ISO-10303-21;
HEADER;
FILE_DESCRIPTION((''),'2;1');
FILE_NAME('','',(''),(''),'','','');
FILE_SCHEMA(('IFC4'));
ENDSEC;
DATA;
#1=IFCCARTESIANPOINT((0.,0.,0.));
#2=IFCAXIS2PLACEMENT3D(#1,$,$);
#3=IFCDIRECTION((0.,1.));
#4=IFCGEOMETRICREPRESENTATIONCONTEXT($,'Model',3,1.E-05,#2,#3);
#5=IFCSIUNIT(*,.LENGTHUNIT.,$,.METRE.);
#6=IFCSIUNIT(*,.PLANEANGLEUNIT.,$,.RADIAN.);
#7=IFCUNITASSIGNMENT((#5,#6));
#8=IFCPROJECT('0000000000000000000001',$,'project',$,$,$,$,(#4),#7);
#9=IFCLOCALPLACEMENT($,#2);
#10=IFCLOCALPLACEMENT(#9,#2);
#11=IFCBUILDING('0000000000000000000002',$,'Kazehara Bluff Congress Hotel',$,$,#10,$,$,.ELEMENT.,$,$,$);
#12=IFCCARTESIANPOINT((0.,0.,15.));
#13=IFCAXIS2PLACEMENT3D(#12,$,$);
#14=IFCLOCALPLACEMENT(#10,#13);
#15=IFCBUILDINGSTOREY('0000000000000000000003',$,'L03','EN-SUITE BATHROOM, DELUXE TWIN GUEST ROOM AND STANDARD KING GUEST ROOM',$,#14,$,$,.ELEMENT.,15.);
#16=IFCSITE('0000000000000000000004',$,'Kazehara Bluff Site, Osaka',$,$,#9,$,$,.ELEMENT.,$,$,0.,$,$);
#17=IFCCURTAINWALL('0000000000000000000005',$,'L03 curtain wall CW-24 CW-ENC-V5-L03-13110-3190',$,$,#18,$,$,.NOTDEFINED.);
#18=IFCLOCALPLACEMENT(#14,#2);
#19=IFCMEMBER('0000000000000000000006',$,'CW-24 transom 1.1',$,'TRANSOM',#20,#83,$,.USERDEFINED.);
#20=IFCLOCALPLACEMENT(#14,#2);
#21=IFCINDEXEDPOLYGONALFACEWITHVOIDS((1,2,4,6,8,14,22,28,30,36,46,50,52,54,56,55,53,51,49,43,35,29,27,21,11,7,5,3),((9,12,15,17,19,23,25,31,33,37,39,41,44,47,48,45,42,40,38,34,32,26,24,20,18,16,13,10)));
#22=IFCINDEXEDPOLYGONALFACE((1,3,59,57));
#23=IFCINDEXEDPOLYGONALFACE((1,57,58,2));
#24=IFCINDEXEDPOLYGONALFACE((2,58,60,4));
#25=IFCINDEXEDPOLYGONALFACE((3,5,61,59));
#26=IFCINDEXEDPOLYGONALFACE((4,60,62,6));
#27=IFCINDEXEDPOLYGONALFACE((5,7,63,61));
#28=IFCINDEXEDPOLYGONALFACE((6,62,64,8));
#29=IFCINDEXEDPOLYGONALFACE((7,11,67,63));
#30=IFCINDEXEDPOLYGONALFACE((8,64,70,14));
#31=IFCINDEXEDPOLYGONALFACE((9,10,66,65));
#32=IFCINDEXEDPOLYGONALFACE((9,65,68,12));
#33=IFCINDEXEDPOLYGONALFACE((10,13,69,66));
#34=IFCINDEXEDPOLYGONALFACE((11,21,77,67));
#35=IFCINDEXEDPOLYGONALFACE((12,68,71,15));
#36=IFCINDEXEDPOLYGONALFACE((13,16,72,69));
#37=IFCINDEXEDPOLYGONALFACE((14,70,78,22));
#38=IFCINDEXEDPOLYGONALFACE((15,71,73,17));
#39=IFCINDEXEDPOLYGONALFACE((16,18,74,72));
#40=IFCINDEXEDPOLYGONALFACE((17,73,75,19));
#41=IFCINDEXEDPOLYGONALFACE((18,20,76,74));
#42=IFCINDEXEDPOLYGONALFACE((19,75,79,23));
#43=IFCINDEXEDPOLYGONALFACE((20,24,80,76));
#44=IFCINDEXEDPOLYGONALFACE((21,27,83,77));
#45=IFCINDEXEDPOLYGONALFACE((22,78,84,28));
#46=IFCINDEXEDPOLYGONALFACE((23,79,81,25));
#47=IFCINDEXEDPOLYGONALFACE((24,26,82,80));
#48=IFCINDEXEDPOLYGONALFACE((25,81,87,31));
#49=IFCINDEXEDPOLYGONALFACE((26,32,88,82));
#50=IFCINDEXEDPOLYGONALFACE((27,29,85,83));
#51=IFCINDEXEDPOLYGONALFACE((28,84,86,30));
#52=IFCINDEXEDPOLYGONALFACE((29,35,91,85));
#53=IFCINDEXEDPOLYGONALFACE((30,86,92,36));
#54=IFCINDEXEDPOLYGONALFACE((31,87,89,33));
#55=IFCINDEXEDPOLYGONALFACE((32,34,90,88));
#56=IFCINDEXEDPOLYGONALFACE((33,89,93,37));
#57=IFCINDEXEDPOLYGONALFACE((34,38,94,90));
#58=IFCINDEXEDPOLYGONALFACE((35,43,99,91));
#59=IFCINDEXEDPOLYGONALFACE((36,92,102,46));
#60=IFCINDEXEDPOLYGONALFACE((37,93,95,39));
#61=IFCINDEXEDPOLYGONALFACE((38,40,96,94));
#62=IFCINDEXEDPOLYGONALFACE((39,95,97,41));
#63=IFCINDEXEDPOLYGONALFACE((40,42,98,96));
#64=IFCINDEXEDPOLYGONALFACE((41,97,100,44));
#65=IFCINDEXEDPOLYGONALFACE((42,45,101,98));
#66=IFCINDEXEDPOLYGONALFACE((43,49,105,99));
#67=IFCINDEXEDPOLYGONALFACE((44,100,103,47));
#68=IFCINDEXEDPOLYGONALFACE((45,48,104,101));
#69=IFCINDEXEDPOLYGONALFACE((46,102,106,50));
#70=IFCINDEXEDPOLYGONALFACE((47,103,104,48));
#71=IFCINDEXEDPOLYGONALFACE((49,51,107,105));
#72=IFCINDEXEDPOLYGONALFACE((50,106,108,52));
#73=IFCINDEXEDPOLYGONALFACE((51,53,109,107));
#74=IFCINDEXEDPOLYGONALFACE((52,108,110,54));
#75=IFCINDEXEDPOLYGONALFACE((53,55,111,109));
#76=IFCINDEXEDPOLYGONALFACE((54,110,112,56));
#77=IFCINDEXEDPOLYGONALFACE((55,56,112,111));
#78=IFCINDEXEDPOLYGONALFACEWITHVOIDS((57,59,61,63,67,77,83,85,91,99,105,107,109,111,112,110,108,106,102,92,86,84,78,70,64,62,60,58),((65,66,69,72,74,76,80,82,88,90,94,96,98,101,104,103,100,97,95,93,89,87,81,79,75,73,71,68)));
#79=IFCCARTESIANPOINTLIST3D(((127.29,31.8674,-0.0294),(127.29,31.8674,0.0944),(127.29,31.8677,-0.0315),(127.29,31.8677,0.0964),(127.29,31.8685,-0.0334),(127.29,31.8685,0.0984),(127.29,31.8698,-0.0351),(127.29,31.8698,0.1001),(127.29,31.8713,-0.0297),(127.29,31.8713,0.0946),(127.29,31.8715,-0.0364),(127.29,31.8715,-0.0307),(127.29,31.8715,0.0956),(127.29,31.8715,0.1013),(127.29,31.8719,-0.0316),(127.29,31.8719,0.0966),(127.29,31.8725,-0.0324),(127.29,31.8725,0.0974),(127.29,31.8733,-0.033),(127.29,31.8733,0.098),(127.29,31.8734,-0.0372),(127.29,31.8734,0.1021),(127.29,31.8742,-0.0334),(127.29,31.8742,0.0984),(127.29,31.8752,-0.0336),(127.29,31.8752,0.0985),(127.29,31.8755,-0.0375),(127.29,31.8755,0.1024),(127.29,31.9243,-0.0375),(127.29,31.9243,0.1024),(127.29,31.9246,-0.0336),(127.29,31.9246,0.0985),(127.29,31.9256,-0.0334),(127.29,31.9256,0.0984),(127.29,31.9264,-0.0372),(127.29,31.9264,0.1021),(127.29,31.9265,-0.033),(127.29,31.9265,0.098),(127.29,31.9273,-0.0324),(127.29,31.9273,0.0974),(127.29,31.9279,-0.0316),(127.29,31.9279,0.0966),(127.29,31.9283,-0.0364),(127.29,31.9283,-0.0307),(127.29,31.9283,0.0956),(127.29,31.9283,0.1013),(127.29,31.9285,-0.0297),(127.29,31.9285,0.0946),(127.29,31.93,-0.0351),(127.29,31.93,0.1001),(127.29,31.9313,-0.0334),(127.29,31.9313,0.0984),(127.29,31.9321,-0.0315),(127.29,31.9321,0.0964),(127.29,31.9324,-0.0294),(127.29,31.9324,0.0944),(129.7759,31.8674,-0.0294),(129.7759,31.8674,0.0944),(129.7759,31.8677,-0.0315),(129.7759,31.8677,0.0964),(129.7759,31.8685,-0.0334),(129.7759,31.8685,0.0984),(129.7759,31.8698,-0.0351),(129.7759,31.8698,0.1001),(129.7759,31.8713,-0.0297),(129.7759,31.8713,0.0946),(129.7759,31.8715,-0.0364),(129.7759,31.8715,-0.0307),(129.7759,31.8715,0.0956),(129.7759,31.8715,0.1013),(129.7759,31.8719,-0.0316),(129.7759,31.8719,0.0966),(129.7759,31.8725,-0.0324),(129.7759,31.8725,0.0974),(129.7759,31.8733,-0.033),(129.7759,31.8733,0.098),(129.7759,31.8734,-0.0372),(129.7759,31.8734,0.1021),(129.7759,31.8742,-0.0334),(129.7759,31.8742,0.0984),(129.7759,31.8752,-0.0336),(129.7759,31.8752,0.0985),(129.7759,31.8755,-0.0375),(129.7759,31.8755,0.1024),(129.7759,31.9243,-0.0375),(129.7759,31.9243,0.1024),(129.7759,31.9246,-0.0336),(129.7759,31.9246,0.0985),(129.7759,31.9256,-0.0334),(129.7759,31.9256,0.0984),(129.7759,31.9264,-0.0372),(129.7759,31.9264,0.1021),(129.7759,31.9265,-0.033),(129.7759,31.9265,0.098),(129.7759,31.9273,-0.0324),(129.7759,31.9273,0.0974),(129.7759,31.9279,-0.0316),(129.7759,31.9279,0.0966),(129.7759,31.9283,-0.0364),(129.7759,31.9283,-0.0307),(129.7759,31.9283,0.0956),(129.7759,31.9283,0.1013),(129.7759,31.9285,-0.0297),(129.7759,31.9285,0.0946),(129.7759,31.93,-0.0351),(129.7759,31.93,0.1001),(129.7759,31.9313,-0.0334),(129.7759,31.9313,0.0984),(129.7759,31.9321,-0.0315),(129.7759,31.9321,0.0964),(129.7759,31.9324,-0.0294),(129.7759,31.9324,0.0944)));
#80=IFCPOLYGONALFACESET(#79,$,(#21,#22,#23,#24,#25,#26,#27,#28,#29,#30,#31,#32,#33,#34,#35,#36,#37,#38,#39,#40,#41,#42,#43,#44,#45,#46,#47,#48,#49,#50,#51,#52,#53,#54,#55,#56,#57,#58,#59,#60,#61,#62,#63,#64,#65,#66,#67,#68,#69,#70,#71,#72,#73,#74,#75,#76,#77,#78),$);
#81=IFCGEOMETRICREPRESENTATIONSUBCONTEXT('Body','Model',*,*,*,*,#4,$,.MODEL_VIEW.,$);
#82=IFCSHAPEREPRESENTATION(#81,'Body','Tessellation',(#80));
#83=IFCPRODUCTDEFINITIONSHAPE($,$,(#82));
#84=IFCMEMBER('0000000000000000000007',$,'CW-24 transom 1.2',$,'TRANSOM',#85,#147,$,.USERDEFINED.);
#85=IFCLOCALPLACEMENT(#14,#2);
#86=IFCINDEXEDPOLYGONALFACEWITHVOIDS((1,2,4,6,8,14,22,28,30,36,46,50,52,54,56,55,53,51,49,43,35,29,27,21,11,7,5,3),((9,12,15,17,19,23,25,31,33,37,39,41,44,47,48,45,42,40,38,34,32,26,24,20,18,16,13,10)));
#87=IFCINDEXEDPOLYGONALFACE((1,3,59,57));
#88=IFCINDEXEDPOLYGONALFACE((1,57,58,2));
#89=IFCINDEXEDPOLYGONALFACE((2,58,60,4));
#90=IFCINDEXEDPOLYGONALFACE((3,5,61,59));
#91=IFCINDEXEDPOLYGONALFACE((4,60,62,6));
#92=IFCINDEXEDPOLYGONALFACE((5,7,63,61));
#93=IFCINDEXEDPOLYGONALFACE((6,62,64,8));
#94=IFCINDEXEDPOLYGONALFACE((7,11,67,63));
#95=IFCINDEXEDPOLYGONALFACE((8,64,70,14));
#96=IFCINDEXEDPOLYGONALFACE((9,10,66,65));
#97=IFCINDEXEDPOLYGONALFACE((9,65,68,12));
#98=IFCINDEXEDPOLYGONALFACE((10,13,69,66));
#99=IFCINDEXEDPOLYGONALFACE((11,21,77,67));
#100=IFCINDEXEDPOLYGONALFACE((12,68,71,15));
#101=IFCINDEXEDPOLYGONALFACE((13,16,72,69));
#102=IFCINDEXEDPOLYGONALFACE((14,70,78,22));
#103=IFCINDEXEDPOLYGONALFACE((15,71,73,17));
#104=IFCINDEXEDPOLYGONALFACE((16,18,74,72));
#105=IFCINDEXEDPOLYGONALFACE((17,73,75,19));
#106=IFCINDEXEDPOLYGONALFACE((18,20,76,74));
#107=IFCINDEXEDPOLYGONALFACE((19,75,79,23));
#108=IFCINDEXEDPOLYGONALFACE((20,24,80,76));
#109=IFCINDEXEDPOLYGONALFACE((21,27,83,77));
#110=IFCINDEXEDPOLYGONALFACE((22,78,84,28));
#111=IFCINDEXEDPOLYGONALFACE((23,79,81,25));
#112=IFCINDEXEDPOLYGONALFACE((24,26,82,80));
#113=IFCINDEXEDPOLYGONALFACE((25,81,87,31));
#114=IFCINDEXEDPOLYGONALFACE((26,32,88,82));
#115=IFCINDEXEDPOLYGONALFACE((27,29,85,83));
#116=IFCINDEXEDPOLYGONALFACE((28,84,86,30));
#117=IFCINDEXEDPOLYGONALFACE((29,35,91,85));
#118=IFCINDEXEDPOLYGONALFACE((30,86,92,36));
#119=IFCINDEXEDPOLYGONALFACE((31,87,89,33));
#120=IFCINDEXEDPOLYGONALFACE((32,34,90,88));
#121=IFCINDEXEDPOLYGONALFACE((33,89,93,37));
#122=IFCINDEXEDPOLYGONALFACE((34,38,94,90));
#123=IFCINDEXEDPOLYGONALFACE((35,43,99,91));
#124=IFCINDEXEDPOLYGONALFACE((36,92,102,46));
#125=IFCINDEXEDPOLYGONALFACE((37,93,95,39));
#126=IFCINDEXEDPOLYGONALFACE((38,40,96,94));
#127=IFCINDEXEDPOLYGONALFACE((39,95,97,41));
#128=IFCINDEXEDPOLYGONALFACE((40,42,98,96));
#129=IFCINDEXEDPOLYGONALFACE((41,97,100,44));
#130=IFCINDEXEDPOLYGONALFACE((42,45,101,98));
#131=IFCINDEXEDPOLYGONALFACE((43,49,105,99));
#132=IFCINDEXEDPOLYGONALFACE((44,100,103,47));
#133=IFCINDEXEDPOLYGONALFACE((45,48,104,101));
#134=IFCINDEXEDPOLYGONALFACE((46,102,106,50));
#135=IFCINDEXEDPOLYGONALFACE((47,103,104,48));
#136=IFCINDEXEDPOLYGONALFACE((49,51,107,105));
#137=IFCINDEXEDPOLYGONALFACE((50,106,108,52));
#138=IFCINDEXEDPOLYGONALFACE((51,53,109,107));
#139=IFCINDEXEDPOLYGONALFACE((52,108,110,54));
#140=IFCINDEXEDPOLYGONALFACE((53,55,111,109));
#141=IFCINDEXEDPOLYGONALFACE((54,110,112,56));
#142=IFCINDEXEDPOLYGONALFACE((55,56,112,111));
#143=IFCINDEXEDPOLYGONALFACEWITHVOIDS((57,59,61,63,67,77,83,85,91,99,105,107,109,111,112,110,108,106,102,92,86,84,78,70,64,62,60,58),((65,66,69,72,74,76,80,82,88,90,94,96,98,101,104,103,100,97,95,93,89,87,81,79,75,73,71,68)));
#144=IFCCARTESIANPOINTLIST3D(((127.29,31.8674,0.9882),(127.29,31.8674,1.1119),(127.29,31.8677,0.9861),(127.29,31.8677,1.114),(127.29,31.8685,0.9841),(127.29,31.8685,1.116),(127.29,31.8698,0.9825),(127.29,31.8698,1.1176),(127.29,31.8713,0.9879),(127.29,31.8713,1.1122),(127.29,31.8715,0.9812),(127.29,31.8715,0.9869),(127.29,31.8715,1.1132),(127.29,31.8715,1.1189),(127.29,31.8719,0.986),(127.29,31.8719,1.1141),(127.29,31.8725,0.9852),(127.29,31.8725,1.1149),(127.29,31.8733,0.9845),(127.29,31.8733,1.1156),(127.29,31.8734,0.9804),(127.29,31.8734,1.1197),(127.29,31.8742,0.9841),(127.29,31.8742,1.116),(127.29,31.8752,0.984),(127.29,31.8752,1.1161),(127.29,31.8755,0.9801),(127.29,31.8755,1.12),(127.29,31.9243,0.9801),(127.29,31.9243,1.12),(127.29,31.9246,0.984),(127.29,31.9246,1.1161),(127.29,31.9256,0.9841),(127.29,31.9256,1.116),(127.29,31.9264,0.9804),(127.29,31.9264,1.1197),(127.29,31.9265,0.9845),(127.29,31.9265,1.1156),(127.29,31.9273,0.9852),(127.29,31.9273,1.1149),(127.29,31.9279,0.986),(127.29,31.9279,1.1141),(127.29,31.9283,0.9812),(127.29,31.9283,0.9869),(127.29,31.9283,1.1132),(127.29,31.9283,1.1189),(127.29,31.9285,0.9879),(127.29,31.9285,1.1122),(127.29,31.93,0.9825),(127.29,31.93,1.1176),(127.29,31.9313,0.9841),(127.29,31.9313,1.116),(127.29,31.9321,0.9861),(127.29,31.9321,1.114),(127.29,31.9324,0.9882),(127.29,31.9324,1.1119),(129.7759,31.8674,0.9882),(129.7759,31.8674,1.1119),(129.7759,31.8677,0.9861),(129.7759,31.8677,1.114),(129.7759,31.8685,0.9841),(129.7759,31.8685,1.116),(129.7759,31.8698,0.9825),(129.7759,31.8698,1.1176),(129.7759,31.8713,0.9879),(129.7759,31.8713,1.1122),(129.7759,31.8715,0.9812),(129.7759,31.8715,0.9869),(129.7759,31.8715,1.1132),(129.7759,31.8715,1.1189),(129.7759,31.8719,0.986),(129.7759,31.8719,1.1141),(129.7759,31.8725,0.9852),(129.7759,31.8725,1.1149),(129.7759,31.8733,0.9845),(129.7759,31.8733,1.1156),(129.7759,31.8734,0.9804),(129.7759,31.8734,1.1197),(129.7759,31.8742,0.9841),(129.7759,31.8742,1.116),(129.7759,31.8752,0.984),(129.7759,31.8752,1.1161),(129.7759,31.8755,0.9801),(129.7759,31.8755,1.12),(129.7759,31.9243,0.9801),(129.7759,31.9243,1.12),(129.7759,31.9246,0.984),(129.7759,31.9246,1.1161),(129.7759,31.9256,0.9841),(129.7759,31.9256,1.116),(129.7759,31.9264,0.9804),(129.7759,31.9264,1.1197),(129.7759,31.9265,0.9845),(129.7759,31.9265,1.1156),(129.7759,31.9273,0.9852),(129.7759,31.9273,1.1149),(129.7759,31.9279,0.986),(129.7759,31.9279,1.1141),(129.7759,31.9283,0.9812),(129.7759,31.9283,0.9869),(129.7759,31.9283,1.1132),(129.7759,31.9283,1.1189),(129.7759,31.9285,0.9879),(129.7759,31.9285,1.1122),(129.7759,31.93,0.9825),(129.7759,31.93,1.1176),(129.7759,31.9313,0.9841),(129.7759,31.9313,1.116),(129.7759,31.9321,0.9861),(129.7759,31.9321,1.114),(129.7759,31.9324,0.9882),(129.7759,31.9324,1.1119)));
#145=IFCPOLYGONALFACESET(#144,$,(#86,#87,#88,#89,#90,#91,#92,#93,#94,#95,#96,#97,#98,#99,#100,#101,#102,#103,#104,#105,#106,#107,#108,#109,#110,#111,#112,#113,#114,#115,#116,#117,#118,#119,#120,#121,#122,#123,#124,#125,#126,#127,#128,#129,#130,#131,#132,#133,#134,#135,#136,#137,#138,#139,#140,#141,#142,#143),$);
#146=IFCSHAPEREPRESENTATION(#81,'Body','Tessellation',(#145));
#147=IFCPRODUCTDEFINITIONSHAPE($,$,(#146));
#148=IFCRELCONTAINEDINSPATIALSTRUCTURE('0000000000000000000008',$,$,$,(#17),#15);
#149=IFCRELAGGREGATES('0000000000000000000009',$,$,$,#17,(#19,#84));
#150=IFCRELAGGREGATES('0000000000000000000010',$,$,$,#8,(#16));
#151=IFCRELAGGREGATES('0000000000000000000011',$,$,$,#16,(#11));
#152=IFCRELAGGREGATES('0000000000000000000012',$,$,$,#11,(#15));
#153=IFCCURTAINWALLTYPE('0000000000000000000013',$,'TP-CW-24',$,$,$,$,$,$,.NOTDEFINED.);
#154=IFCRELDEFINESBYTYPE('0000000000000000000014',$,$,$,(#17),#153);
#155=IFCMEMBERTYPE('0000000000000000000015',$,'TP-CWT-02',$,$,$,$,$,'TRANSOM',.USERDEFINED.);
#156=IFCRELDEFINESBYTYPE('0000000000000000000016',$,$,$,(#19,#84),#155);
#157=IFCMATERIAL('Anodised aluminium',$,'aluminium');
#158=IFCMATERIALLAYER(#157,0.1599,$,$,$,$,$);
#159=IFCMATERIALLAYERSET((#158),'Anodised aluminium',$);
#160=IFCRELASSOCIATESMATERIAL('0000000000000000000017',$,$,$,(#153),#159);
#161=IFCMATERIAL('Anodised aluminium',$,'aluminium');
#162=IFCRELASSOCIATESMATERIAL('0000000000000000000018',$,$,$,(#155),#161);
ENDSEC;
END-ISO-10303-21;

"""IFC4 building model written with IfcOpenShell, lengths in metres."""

from ifc_helpers import new_model, si_unit, direction, frame, origin, origin_2d, place, context, subcontext, project, spatial, hollow_rectangle, extrude, material, layer, layer_set, material_profile, profile_set, type_object, element, aggregate, save


model = new_model("IFC4")

# Units and contexts
model_context = context("Model", 3, precision=1e-05, world=origin(), true_north=direction((0.0, 1.0)))
body_context = subcontext(model_context, "Body", "Model", "MODEL_VIEW")
ifc_project = project(units=[si_unit("LENGTHUNIT", "METRE"), si_unit("PLANEANGLEUNIT", "RADIAN")], contexts=[model_context])

# Site, building, storey
site_placement = place(None, origin())
site = spatial("IfcSite", under=ifc_project, at=site_placement, Name="Kazehara Bluff Site, Osaka", CompositionType="ELEMENT", RefElevation=0.0)
building_placement = place(site_placement, origin())
building = spatial("IfcBuilding", under=site, at=building_placement, Name="Kazehara Bluff Congress Hotel", CompositionType="ELEMENT")
storey_placement = place(building_placement, frame((0.0, 0.0, 15.0)))
storey = spatial("IfcBuildingStorey", under=building, at=storey_placement, Name="L03", Description="EN-SUITE BATHROOM, DELUXE TWIN GUEST ROOM AND STANDARD KING GUEST ROOM", CompositionType="ELEMENT", Elevation=15.0)

# Curtain wall
ifc_material_1 = material(Name="Anodised aluminium", Category="aluminium")
ifc_layer_1 = layer(ifc_material_1, 0.1599)
ifc_layer_set_1 = layer_set([ifc_layer_1], Name="Anodised aluminium")
curtain_wall_type = type_object("IfcCurtainWallType", Name="TP-CW-24", PredefinedType="NOTDEFINED", material=ifc_layer_set_1)
curtain_wall_1_placement = place(storey_placement, origin())
curtain_wall_1 = element("IfcCurtainWall", 1, at=curtain_wall_1_placement, inside=storey, type_object=curtain_wall_type, Name="L03 curtain wall CW-24 CW-ENC-V5-L03-13110-3190", PredefinedType="NOTDEFINED")

# Members
ifc_material_2 = material(Name="Anodised aluminium", Category="aluminium")
ifc_material_profile_1 = material_profile(ifc_material_2, hollow_rectangle(XDim=0.0649, YDim=0.1399, WallThickness=0.0039, InnerFilletRadius=0.0039, OuterFilletRadius=0.0081, at=origin_2d()))
ifc_profile_set_1 = profile_set([ifc_material_profile_1], Name="Anodised aluminium")
member_type_1 = type_object("IfcMemberType", Name="TP-CWT-02", ElementType="TRANSOM", PredefinedType="USERDEFINED", material=ifc_profile_set_1)
member_1_placement = place(storey_placement, frame((127.29, 31.8999, 0.0325), z_axis=(1.0, 0.0, 0.0), x_axis=(0.0, 1.0, 0.0)))
member_1 = element("IfcMember", 2, at=member_1_placement, type_object=member_type_1, Name="CW-24 transom 1.1", ObjectType="TRANSOM", PredefinedType="USERDEFINED", context=body_context, shape_type="SweptSolid", body=[
    extrude(hollow_rectangle(XDim=0.0649, YDim=0.1399, WallThickness=0.0039, InnerFilletRadius=0.0039, OuterFilletRadius=0.0081, at=origin_2d()), origin(), (0.0, 0.0, 1.0), 2.4858),
])
member_2_placement = place(storey_placement, frame((127.29, 31.8999, 1.05), z_axis=(1.0, 0.0, 0.0), x_axis=(0.0, 1.0, 0.0)))
member_2 = element("IfcMember", 3, at=member_2_placement, type_object=member_type_1, Name="CW-24 transom 1.2", ObjectType="TRANSOM", PredefinedType="USERDEFINED", context=body_context, shape_type="SweptSolid", body=[
    extrude(hollow_rectangle(XDim=0.0649, YDim=0.1399, WallThickness=0.0039, InnerFilletRadius=0.0039, OuterFilletRadius=0.0081, at=origin_2d()), origin(), (0.0, 0.0, 1.0), 2.4858),
])

aggregate(curtain_wall_1, [member_1, member_2])

save(model, "model.ifc")
